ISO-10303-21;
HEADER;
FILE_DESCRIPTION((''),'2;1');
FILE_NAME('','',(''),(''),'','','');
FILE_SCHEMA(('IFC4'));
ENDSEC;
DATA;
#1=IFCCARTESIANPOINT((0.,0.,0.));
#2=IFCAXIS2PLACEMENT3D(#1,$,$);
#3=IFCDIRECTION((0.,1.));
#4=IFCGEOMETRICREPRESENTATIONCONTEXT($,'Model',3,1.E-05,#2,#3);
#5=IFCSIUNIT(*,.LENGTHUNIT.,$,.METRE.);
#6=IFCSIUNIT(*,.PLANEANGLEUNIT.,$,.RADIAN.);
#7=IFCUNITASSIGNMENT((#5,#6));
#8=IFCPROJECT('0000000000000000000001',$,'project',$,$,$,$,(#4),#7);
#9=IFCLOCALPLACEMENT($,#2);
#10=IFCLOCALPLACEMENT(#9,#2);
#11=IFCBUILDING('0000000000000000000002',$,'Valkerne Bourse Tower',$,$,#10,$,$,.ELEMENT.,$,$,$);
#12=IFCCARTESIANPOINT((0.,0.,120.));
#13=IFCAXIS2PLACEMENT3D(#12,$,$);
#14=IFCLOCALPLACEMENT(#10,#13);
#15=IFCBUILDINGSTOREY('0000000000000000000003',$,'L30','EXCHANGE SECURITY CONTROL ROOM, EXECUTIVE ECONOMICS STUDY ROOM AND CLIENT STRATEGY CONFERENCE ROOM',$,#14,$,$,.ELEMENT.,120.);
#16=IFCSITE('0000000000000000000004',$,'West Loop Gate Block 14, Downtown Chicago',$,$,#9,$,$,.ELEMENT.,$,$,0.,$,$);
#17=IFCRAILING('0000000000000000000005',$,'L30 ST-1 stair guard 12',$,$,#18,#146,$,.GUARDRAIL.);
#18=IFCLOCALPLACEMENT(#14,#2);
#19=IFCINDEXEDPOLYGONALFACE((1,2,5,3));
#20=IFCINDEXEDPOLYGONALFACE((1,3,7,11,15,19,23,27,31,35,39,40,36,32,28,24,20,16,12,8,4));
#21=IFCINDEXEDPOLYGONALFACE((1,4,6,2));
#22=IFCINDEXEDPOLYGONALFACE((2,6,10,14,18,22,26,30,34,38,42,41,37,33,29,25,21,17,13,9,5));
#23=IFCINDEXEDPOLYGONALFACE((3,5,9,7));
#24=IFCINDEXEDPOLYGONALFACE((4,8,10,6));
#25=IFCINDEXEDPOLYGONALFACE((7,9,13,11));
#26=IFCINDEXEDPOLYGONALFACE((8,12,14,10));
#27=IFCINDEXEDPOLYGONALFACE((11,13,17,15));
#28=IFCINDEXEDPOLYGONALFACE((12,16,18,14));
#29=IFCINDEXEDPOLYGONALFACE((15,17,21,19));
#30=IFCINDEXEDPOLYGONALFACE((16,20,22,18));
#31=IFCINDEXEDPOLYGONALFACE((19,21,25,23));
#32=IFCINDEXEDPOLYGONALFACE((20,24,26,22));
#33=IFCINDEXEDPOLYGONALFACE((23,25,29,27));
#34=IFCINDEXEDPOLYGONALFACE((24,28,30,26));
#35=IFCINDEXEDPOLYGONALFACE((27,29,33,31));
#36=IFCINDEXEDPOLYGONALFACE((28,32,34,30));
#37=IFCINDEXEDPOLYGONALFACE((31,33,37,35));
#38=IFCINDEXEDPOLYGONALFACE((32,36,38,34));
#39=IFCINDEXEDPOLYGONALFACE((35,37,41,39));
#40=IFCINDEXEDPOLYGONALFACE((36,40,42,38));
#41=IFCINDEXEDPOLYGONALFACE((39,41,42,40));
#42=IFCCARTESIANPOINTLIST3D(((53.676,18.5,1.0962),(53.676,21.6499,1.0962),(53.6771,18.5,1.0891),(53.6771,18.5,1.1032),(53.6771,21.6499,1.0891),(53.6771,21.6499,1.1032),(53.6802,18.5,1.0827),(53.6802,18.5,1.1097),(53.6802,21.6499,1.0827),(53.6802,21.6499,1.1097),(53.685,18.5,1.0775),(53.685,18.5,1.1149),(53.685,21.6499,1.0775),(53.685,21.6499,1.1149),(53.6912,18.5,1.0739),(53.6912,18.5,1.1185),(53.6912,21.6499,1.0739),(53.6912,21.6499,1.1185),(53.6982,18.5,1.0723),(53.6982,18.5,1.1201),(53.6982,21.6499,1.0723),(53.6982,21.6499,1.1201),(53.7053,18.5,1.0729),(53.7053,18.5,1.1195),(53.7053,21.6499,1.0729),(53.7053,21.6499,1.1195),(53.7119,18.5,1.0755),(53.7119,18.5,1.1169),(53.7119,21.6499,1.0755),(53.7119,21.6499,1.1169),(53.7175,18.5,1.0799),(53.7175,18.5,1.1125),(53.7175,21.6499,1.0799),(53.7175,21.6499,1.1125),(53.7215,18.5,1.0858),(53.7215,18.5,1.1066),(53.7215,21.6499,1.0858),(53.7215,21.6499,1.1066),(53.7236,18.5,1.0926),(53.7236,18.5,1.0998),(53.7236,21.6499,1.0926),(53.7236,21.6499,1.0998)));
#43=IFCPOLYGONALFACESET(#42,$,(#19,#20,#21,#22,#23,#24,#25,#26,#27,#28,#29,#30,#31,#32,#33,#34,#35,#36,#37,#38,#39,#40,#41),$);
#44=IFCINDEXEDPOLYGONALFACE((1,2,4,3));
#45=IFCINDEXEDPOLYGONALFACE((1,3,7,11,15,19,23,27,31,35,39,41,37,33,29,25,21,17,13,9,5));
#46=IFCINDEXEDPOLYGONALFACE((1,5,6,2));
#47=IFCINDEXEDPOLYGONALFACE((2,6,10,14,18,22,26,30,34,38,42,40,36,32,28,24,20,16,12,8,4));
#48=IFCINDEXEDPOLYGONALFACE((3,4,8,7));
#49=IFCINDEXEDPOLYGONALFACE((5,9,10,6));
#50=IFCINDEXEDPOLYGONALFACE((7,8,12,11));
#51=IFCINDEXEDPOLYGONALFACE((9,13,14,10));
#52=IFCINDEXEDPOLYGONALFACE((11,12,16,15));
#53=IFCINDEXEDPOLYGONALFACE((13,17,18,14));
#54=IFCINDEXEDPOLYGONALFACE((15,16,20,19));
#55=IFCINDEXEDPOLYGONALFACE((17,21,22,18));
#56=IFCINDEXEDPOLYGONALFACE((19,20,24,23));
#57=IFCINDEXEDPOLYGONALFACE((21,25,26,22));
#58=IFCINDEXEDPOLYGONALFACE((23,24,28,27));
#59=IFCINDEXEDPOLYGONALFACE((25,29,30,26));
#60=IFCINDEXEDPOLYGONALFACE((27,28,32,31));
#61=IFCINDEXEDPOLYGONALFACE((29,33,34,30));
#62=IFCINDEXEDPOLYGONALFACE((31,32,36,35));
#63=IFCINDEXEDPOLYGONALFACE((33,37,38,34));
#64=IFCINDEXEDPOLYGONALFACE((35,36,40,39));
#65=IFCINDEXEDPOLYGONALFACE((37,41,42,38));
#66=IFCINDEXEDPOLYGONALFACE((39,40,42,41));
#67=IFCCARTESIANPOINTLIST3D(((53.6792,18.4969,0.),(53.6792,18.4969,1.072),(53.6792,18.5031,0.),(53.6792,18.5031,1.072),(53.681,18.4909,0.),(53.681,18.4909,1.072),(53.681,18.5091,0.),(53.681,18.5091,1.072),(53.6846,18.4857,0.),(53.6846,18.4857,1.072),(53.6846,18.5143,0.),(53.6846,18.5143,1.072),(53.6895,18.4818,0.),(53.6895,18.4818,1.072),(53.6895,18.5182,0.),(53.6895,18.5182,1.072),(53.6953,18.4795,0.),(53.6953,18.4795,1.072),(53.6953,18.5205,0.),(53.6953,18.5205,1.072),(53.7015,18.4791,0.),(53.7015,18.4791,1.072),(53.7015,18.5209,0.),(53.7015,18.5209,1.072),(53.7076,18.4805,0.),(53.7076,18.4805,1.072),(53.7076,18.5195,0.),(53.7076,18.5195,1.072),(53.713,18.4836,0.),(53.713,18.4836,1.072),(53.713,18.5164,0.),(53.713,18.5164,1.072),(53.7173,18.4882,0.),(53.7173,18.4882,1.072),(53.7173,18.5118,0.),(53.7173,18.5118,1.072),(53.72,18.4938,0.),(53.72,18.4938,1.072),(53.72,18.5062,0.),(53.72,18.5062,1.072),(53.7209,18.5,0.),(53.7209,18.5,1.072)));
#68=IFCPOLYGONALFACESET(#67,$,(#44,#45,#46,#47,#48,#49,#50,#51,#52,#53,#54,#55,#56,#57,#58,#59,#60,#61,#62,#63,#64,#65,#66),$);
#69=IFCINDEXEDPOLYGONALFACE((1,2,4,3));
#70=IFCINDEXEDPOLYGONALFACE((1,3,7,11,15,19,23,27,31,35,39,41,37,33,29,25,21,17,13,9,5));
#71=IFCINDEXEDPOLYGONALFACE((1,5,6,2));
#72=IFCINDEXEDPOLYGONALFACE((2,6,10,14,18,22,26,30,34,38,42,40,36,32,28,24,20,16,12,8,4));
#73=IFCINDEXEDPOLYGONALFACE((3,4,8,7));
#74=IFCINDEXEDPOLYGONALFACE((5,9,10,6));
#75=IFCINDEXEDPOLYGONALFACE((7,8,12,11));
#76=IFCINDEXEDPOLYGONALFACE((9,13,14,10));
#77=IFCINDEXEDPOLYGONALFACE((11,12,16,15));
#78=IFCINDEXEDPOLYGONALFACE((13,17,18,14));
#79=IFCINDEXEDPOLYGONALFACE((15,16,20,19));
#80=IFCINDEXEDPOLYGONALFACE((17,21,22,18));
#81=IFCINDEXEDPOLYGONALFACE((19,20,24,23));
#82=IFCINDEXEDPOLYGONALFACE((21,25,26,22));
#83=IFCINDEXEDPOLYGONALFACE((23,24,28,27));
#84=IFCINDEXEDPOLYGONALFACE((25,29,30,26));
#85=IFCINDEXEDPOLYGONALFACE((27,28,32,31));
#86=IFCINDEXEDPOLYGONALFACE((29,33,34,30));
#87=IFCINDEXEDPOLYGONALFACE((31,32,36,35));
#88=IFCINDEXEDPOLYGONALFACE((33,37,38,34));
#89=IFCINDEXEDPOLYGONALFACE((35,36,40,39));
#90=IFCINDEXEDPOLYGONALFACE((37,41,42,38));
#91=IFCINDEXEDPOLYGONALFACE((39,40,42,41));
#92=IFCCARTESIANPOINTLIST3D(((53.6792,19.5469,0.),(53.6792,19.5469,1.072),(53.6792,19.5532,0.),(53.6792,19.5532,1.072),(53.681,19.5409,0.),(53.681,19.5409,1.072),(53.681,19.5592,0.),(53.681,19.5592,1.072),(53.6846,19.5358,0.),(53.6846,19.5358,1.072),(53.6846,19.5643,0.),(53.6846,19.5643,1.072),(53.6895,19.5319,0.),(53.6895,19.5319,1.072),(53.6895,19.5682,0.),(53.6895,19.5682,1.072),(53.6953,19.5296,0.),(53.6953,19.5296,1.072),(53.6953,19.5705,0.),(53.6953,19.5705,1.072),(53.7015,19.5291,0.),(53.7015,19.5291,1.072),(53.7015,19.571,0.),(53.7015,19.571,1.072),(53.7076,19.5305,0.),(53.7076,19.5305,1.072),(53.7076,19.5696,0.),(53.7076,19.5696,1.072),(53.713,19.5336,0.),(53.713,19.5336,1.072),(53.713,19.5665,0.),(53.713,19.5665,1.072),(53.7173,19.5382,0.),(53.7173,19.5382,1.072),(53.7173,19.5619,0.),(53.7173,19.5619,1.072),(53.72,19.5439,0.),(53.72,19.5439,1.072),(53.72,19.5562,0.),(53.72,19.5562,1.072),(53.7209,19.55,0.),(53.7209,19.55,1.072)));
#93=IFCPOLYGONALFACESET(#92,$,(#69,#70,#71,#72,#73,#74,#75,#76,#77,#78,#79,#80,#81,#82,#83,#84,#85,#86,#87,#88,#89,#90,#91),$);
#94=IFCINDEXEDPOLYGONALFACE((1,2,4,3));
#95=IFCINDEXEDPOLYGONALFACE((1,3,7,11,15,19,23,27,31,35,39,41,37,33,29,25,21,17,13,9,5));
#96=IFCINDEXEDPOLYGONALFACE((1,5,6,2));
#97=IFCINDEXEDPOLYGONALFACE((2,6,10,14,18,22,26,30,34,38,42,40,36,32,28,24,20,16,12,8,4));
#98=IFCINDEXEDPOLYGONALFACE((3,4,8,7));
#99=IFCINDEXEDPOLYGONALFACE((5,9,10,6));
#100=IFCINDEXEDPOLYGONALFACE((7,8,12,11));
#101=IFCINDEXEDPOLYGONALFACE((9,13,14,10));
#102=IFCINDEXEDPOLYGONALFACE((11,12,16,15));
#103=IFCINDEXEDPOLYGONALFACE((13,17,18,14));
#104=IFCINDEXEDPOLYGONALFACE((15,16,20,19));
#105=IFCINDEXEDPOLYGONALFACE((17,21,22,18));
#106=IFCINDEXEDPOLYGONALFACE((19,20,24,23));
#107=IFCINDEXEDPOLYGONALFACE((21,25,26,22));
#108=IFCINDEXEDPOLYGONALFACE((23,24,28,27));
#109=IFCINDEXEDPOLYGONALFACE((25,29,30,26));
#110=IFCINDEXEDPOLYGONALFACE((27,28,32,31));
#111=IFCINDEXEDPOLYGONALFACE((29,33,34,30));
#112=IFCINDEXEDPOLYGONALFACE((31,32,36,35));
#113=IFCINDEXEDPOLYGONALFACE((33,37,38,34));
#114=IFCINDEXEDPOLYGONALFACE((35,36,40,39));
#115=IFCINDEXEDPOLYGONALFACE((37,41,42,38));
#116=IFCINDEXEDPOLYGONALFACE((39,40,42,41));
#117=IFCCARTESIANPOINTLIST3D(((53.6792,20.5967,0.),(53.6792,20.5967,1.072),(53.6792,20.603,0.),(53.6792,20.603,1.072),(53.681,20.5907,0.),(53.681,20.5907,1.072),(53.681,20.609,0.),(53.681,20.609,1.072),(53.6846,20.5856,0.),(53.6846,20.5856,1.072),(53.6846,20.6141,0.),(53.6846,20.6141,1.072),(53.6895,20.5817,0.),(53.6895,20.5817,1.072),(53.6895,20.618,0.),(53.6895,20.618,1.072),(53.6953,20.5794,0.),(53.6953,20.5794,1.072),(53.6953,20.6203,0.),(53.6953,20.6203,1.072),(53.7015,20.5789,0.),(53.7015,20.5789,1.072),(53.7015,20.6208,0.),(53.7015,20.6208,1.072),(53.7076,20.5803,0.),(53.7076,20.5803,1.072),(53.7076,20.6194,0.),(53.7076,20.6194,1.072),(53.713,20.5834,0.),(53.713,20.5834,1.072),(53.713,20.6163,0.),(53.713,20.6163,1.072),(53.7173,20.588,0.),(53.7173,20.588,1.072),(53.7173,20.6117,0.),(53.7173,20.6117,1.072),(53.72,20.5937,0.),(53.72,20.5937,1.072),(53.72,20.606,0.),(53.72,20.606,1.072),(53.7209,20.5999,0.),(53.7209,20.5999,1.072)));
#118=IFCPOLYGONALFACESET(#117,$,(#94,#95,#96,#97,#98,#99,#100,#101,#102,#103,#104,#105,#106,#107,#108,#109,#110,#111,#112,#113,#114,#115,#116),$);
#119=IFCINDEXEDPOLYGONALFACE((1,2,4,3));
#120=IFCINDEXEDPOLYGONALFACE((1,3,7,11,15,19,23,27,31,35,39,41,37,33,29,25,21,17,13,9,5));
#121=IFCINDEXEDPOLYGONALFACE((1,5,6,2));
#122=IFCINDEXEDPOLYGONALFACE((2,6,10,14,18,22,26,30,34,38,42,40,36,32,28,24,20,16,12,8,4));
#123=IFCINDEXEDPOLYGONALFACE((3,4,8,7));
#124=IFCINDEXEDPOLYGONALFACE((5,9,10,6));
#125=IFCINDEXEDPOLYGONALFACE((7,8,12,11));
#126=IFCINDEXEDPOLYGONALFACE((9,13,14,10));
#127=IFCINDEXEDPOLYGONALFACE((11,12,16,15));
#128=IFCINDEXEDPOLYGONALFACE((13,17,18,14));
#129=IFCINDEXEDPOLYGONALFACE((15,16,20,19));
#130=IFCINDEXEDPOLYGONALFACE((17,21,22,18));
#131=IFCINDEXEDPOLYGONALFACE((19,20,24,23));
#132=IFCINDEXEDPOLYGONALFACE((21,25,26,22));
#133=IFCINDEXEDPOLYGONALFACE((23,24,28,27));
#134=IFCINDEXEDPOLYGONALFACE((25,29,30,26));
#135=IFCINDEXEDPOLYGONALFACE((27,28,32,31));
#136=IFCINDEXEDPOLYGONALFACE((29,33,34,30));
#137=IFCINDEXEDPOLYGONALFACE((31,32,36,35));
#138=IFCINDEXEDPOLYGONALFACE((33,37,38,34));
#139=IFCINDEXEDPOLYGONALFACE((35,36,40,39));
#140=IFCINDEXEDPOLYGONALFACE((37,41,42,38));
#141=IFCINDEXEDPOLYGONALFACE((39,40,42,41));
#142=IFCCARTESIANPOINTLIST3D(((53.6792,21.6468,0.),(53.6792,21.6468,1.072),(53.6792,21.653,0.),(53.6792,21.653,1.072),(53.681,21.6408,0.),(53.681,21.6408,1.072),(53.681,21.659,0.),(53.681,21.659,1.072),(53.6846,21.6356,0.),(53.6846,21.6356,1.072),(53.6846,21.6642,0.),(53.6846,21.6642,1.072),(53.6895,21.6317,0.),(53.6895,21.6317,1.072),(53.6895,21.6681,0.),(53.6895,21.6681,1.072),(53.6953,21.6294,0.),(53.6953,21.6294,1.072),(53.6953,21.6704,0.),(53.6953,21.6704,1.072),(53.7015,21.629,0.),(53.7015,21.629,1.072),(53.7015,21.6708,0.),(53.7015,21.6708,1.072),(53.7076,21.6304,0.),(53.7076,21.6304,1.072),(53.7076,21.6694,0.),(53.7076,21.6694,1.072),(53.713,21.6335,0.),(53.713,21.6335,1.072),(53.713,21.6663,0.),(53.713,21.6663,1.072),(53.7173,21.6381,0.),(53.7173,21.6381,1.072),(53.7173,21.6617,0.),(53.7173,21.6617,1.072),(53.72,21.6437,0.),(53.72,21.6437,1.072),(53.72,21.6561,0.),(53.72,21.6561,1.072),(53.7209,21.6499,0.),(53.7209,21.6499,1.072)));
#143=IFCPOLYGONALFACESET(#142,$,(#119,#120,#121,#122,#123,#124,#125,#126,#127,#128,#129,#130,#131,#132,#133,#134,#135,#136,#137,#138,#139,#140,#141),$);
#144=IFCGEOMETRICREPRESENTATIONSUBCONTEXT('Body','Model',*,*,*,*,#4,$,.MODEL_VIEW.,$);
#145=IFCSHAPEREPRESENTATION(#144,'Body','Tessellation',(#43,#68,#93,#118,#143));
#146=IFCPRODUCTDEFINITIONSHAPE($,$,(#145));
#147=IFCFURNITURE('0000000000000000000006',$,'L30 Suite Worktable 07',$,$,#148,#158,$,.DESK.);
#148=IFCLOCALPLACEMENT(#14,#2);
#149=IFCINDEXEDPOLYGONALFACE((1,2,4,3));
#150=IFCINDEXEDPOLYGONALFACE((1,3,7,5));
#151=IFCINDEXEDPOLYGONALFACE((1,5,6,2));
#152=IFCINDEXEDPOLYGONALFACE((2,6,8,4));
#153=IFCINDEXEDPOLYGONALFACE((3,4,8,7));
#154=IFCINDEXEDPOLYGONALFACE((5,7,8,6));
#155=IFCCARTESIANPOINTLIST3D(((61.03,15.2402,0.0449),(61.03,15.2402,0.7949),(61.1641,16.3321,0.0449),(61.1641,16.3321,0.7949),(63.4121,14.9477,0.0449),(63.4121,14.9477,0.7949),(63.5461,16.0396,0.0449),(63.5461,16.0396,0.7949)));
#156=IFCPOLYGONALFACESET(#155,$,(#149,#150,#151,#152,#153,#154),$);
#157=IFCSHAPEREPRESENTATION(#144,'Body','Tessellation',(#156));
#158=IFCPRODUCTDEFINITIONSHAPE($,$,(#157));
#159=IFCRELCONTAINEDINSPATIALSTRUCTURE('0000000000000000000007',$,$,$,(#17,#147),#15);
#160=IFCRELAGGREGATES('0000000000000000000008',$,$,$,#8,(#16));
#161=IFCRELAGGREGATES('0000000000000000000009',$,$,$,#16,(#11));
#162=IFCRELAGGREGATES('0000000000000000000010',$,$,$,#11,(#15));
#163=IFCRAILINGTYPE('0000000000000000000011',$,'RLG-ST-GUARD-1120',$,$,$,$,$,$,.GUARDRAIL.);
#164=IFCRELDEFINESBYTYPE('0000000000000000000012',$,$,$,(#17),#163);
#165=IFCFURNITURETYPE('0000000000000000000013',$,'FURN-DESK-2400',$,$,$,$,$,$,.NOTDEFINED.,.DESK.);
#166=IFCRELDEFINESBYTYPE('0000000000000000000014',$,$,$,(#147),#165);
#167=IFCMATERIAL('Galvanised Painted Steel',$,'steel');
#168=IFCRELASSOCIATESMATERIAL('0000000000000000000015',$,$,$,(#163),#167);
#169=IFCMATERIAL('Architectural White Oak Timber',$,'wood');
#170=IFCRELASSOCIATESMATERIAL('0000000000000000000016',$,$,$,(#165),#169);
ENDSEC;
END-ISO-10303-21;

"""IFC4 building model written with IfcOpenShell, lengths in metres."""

from ifc_helpers import new_model, si_unit, direction, frame, origin, origin_2d, place, context, subcontext, project, spatial, rectangle, circle, extrude, material, type_object, element, save


model = new_model("IFC4")

# Units and contexts
model_context = context("Model", 3, precision=1e-05, world=origin(), true_north=direction((0.0, 1.0)))
body_context = subcontext(model_context, "Body", "Model", "MODEL_VIEW")
ifc_project = project(units=[si_unit("LENGTHUNIT", "METRE"), si_unit("PLANEANGLEUNIT", "RADIAN")], contexts=[model_context])

# Site, building, storey
site_placement = place(None, origin())
site = spatial("IfcSite", under=ifc_project, at=site_placement, Name="West Loop Gate Block 14, Downtown Chicago", CompositionType="ELEMENT", RefElevation=0.0)
building_placement = place(site_placement, origin())
building = spatial("IfcBuilding", under=site, at=building_placement, Name="Valkerne Bourse Tower", CompositionType="ELEMENT")
storey_placement = place(building_placement, frame((0.0, 0.0, 120.0)))
storey = spatial("IfcBuildingStorey", under=building, at=storey_placement, Name="L30", Description="EXCHANGE SECURITY CONTROL ROOM, EXECUTIVE ECONOMICS STUDY ROOM AND CLIENT STRATEGY CONFERENCE ROOM", CompositionType="ELEMENT", Elevation=120.0)

# Shared definitions
ifc_material_1 = material(Name="Architectural White Oak Timber", Category="wood")

# Railing
ifc_material_2 = material(Name="Galvanised Painted Steel", Category="steel")
railing_type = type_object("IfcRailingType", Name="RLG-ST-GUARD-1120", PredefinedType="GUARDRAIL", material=ifc_material_2)
railing_placement = place(storey_placement, frame((53.7, 18.5, 0.0)))
element("IfcRailing", 1, at=railing_placement, inside=storey, type_object=railing_type, Name="L30 ST-1 stair guard 12", PredefinedType="GUARDRAIL", context=body_context, shape_type="SweptSolid", body=[
    extrude(circle(Radius=0.0239, at=origin_2d()), frame((0.0, 0.0, 1.0962), z_axis=(0.0, 1.0, 0.0), x_axis=(-1.0, 0.0, 0.0)), (0.0, 0.0, 1.0), 3.1499),
    extrude(circle(Radius=0.021, at=origin_2d()), origin(), (0.0, 0.0, 1.0), 1.072),
    extrude(circle(Radius=0.021, at=origin_2d()), frame((0.0, 1.05, 0.0)), (0.0, 0.0, 1.0), 1.072),
    extrude(circle(Radius=0.021, at=origin_2d()), frame((0.0, 2.0999, 0.0)), (0.0, 0.0, 1.0), 1.072),
    extrude(circle(Radius=0.021, at=origin_2d()), frame((0.0, 3.1499, 0.0)), (0.0, 0.0, 1.0), 1.072),
])

# Furniture
furniture_type = type_object("IfcFurnitureType", Name="FURN-DESK-2400", AssemblyPlace="NOTDEFINED", PredefinedType="DESK", material=ifc_material_1)
furniture_placement = place(storey_placement, frame((62.2881, 15.6399, 0.0449), z_axis=(0.0, 0.0, 1.0), x_axis=(-0.992546, 0.121869, 0.0)))
element("IfcFurniture", 2, at=furniture_placement, inside=storey, type_object=furniture_type, Name="L30 Suite Worktable 07", PredefinedType="DESK", context=body_context, shape_type="SweptSolid", body=[
    extrude(rectangle(XDim=2.3999, YDim=1.1001, at=origin_2d()), origin(), (0.0, 0.0, 1.0), 0.75),
])

save(model, "model.ifc")
